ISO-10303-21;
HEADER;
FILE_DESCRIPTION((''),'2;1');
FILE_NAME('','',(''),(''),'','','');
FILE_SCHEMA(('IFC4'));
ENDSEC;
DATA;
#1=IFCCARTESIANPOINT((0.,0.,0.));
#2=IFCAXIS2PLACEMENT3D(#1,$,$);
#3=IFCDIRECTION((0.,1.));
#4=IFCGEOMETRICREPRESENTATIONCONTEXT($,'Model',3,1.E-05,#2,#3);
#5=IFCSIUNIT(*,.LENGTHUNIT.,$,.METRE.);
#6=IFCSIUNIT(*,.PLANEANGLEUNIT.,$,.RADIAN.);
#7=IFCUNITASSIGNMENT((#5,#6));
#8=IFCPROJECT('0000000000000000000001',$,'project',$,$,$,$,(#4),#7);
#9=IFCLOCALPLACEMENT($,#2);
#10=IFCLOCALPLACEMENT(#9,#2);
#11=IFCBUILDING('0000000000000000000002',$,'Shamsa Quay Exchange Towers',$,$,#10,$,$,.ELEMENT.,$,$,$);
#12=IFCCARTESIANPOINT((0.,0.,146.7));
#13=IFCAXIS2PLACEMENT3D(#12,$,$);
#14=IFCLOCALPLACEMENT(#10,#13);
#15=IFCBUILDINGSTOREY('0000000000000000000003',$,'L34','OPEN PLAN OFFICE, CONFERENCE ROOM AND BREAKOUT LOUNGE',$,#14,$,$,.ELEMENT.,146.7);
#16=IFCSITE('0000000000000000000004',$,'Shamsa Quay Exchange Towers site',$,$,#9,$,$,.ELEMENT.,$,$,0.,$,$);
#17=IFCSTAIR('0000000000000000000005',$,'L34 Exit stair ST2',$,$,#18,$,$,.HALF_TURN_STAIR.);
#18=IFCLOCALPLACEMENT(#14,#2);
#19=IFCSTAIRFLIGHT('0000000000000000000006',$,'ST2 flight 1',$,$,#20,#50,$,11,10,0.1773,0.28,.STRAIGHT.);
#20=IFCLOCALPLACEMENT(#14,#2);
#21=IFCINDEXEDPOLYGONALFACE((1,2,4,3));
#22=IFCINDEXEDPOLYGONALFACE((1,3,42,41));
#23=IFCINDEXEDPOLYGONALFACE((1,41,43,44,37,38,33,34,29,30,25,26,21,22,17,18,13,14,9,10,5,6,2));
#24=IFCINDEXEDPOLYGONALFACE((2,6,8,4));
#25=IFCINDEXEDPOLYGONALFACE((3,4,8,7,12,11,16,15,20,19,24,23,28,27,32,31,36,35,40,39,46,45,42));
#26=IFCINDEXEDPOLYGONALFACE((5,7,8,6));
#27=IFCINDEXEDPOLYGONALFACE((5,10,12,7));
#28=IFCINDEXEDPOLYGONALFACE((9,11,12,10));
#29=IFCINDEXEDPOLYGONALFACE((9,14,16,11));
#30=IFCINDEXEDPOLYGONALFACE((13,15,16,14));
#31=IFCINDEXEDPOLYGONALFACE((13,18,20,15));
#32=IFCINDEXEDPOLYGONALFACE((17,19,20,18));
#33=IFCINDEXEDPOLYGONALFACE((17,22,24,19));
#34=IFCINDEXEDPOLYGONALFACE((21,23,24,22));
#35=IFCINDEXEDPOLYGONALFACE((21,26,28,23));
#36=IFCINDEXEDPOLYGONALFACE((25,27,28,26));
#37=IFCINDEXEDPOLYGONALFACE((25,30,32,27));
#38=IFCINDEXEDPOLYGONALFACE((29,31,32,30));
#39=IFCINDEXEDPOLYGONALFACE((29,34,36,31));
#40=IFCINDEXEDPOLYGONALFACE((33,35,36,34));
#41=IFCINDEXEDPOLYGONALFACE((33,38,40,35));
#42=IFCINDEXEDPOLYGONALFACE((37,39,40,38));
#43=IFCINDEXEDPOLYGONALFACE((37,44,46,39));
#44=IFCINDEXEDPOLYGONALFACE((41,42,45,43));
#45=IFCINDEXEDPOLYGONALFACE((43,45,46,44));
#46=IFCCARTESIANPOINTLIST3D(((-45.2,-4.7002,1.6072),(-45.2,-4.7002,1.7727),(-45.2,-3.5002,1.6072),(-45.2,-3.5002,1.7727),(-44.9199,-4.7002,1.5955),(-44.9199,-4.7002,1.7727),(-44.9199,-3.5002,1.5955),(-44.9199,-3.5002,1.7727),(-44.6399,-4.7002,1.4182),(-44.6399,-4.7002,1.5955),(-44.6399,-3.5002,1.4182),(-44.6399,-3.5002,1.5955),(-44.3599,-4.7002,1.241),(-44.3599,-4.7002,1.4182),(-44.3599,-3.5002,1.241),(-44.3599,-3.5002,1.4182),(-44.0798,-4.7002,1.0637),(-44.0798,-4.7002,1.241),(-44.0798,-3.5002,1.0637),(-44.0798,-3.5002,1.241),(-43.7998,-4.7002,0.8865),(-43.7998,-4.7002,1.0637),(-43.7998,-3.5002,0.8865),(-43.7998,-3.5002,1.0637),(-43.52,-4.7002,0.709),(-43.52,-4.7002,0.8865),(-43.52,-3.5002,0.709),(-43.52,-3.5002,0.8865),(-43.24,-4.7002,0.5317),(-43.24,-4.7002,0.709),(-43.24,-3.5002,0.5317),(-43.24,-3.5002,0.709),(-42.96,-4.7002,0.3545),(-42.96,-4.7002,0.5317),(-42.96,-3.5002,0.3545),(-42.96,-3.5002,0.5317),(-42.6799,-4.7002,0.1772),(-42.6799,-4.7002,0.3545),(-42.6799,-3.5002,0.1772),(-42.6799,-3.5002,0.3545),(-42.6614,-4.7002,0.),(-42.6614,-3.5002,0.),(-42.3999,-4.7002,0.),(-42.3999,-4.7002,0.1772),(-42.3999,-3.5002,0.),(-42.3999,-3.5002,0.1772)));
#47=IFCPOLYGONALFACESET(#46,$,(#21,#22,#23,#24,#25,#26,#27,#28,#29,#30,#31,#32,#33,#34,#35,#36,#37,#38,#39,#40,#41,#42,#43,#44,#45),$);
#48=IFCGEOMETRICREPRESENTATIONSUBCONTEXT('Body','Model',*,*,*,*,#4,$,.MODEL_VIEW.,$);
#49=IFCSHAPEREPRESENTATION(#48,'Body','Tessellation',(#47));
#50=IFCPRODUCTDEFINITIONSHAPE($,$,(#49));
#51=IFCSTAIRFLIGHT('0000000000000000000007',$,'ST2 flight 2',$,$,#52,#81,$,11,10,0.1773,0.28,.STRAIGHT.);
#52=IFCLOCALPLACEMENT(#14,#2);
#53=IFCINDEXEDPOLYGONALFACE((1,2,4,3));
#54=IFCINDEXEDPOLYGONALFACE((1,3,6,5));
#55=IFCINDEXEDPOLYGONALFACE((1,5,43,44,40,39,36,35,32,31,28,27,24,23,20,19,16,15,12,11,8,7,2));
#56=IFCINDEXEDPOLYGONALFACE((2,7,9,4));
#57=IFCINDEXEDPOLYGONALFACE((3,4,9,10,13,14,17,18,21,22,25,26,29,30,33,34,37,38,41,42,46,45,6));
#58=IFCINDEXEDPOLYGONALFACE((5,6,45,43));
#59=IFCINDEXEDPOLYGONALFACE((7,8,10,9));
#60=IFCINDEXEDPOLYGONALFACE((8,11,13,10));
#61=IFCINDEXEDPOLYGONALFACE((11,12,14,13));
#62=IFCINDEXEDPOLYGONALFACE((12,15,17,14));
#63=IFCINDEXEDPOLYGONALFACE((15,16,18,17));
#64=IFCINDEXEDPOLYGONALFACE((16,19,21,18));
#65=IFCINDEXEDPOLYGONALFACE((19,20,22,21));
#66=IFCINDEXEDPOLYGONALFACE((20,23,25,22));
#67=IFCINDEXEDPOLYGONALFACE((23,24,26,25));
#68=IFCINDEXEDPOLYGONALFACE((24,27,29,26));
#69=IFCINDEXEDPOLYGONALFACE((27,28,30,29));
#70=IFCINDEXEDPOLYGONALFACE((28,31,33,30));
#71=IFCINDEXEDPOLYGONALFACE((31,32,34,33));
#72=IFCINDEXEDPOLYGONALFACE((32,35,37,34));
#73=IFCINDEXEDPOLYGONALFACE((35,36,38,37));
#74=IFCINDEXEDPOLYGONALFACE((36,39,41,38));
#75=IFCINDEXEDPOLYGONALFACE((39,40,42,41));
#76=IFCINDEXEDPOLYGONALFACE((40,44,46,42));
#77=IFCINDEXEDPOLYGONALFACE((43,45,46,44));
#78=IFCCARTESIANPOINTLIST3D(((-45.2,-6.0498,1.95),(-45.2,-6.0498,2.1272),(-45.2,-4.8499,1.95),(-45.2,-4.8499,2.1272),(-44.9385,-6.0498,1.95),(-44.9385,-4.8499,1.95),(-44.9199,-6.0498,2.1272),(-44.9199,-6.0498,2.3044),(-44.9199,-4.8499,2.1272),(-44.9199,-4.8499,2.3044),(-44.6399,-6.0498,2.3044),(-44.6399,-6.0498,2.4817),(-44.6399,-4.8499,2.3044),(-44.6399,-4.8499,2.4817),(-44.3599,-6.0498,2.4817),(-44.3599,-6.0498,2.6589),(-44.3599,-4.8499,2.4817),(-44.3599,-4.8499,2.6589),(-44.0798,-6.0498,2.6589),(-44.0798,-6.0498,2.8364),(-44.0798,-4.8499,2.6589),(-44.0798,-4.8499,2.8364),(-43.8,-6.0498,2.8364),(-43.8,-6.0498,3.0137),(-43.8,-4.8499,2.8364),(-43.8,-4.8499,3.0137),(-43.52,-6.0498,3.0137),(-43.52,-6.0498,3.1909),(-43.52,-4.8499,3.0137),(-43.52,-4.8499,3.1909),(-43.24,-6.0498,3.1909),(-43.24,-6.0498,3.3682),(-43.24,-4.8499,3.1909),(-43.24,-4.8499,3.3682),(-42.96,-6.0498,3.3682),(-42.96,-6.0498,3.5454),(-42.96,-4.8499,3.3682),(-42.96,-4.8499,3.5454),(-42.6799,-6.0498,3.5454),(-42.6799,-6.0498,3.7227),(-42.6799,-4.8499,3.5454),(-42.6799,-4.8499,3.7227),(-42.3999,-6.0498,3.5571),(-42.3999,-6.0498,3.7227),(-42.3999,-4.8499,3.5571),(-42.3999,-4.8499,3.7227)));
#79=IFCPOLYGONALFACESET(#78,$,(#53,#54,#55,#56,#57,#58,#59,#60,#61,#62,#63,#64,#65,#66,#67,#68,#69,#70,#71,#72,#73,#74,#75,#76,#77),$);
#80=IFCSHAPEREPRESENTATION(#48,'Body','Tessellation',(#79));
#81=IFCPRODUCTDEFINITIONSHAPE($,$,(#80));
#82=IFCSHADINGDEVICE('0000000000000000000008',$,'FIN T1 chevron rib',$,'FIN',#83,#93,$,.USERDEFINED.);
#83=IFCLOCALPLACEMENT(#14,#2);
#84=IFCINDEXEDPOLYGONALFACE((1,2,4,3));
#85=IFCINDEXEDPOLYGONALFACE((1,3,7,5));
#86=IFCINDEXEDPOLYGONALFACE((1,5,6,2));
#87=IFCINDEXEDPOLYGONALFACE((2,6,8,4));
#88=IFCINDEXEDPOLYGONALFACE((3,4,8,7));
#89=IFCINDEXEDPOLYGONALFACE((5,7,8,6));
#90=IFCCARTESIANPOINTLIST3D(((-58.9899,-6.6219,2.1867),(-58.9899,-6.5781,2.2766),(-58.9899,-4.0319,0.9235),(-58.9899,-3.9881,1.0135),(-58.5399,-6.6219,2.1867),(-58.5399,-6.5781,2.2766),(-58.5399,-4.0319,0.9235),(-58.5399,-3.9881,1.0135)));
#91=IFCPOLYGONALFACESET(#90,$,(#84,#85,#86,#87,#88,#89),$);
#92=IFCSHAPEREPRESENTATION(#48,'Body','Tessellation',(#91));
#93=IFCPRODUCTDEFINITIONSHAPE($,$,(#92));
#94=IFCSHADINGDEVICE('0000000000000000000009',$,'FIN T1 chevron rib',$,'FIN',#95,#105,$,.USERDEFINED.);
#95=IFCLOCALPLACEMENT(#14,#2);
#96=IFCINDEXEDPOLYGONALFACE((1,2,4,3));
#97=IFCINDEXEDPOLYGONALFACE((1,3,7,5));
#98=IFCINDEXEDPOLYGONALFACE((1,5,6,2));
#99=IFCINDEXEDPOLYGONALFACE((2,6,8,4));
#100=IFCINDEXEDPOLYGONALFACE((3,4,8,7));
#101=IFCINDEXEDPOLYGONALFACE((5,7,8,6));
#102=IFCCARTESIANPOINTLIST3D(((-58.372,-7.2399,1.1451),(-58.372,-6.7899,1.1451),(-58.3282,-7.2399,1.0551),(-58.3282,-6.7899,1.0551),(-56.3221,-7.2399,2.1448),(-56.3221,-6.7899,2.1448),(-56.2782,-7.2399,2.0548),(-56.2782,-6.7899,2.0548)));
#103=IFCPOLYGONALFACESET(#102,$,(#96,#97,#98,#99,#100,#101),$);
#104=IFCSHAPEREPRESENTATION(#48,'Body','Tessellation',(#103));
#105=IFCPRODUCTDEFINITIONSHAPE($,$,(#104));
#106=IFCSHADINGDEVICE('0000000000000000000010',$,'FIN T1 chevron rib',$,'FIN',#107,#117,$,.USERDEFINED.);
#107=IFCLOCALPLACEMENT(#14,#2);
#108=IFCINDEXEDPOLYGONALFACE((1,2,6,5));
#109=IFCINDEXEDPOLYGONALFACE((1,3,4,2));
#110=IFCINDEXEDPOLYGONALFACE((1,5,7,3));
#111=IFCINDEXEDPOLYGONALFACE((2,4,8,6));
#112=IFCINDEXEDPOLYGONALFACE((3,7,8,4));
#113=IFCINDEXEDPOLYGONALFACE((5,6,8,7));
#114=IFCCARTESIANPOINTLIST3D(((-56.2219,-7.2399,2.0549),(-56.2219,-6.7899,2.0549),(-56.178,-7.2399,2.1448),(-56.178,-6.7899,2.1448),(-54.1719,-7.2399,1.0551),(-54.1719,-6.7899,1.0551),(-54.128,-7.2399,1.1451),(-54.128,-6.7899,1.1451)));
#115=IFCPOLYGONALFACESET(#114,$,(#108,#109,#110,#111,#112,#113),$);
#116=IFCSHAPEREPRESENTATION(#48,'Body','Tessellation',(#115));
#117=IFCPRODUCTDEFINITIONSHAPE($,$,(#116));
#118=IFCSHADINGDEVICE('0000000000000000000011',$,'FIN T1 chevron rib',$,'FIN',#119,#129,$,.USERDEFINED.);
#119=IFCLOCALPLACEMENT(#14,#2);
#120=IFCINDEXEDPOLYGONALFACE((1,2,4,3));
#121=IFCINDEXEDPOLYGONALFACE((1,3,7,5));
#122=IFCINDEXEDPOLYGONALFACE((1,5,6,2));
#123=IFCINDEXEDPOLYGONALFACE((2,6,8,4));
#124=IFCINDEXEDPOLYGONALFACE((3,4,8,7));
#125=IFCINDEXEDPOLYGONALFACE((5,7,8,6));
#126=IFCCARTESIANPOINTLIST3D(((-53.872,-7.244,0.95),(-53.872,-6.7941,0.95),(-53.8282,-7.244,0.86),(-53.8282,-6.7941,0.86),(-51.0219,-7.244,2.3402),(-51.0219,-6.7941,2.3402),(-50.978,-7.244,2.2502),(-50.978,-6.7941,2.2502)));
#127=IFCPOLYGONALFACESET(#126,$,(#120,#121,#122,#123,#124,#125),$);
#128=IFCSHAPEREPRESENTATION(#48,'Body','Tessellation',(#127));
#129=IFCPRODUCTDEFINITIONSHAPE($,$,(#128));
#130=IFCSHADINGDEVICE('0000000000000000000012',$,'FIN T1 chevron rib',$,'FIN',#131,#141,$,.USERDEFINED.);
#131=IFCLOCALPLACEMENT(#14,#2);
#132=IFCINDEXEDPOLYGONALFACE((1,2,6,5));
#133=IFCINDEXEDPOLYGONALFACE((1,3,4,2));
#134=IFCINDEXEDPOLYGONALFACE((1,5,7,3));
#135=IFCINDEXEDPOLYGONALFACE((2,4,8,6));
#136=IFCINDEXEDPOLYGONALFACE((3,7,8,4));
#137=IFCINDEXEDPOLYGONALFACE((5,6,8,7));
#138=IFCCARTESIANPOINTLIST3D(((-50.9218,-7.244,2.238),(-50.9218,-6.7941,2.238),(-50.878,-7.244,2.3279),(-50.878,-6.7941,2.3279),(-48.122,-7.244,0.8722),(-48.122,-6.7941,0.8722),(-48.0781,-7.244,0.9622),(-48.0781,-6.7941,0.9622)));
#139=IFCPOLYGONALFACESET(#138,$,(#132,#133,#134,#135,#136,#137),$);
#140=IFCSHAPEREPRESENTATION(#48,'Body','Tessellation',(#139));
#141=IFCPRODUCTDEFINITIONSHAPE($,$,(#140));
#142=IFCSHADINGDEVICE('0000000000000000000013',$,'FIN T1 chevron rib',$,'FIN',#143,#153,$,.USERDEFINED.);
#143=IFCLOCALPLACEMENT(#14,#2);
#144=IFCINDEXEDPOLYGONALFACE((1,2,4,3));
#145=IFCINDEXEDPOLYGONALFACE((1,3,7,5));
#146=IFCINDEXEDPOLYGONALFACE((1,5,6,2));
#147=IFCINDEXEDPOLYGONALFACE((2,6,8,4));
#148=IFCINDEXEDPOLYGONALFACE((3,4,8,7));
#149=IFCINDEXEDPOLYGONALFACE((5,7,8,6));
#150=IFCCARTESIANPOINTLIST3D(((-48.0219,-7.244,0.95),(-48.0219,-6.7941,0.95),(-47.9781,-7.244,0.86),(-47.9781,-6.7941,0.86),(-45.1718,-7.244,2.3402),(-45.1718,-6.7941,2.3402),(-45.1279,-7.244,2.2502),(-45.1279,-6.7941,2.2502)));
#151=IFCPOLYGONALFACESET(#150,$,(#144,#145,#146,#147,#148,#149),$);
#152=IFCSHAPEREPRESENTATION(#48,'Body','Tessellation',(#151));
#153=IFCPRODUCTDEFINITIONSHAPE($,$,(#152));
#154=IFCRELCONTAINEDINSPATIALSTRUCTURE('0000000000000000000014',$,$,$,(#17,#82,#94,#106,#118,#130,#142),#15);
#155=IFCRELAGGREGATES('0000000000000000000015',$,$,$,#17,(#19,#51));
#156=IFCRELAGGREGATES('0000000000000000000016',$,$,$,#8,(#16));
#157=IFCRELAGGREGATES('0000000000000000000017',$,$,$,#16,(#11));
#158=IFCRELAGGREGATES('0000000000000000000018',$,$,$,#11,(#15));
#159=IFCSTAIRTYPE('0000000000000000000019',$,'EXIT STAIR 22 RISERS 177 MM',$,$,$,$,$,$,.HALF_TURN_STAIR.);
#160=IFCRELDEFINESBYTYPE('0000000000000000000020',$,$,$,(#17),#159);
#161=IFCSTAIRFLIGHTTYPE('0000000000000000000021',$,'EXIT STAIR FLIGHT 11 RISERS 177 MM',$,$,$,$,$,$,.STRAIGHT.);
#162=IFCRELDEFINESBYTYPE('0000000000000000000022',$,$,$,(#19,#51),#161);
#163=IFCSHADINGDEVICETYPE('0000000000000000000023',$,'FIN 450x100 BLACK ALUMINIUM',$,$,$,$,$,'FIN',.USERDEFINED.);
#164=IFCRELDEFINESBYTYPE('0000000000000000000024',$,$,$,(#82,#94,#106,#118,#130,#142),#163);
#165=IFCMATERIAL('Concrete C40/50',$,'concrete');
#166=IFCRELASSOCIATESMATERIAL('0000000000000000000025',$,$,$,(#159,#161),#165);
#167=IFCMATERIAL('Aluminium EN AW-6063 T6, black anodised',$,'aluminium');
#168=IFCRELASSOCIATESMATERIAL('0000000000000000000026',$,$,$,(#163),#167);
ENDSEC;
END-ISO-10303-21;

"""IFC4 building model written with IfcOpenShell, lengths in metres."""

from ifc_helpers import new_model, si_unit, direction, frame, origin, origin_2d, place, context, subcontext, project, spatial, polyline, rectangle, outline, extrude, material, material_profile, profile_set, type_object, element, aggregate, save


model = new_model("IFC4")

# Units and contexts
model_context = context("Model", 3, precision=1e-05, world=origin(), true_north=direction((0.0, 1.0)))
body_context = subcontext(model_context, "Body", "Model", "MODEL_VIEW")
ifc_project = project(units=[si_unit("LENGTHUNIT", "METRE"), si_unit("PLANEANGLEUNIT", "RADIAN")], contexts=[model_context])

# Site, building, storey
site_placement = place(None, origin())
site = spatial("IfcSite", under=ifc_project, at=site_placement, Name="Shamsa Quay Exchange Towers site", CompositionType="ELEMENT", RefElevation=0.0)
building_placement = place(site_placement, origin())
building = spatial("IfcBuilding", under=site, at=building_placement, Name="Shamsa Quay Exchange Towers", CompositionType="ELEMENT")
storey_placement = place(building_placement, frame((0.0, 0.0, 146.7)))
storey = spatial("IfcBuildingStorey", under=building, at=storey_placement, Name="L34", Description="OPEN PLAN OFFICE, CONFERENCE ROOM AND BREAKOUT LOUNGE", CompositionType="ELEMENT", Elevation=146.7)

# Shared definitions
ifc_material_1 = material(Name="Aluminium EN AW-6063 T6, black anodised", Category="aluminium")

# Stair, stair flights
ifc_material_2 = material(Name="Concrete C40/50", Category="concrete")
stair_type = type_object("IfcStairType", Name="EXIT STAIR 22 RISERS 177 MM", PredefinedType="HALF_TURN_STAIR", material=ifc_material_2)
stair_placement = place(storey_placement, origin())
stair = element("IfcStair", 1, at=stair_placement, inside=storey, type_object=stair_type, Name="L34 Exit stair ST2", PredefinedType="HALF_TURN_STAIR")
stair_flight_type = type_object("IfcStairFlightType", Name="EXIT STAIR FLIGHT 11 RISERS 177 MM", PredefinedType="STRAIGHT", material=ifc_material_2)
stair_flight_1_placement = place(storey_placement, frame((-42.3999, -4.1001, 0.0), z_axis=(0.0, 0.0, 1.0), x_axis=(-1.0, 0.0, 0.0)))
stair_flight_1 = element("IfcStairFlight", 2, at=stair_flight_1_placement, type_object=stair_flight_type, Name="ST2 flight 1", NumberOfRisers=11, NumberOfTreads=10, PredefinedType="STRAIGHT", RiserHeight=0.1773, TreadLength=0.28, context=body_context, shape_type="SweptSolid", body=[
    extrude(outline(polyline([(0.0, 0.0), (0.0, 0.1772), (0.28, 0.1772), (0.28, 0.3545), (0.5601, 0.3545), (0.5601, 0.5317), (0.8401, 0.5317), (0.8401, 0.709), (1.1201, 0.709), (1.1201, 0.8865), (1.3999, 0.8865), (1.3999, 1.0637), (1.6799, 1.0637), (1.6799, 1.241), (1.96, 1.241), (1.96, 1.4182), (2.24, 1.4182), (2.24, 1.5955), (2.52, 1.5955), (2.52, 1.7727), (2.8, 1.7727), (2.8, 1.95), (2.8, 1.6072), (0.2615, 0.0), (0.0, 0.0)])), frame((0.0, 0.6001, 0.0), z_axis=(0.0, -1.0, 0.0), x_axis=(1.0, 0.0, 0.0)), (0.0, 0.0, 1.0), 1.2),
])
stair_flight_2_placement = place(storey_placement, frame((-45.2, -5.45, 1.95)))
stair_flight_2 = element("IfcStairFlight", 3, at=stair_flight_2_placement, type_object=stair_flight_type, Name="ST2 flight 2", NumberOfRisers=11, NumberOfTreads=10, PredefinedType="STRAIGHT", RiserHeight=0.1773, TreadLength=0.28, context=body_context, shape_type="SweptSolid", body=[
    extrude(outline(polyline([(0.0, 0.0), (0.0, 0.1772), (0.28, 0.1772), (0.28, 0.3545), (0.5601, 0.3545), (0.5601, 0.5317), (0.8401, 0.5317), (0.8401, 0.709), (1.1201, 0.709), (1.1201, 0.8865), (1.3999, 0.8865), (1.3999, 1.0637), (1.6799, 1.0637), (1.6799, 1.241), (1.96, 1.241), (1.96, 1.4182), (2.24, 1.4182), (2.24, 1.5955), (2.52, 1.5955), (2.52, 1.7727), (2.8, 1.7727), (2.8, 1.95), (2.8, 1.6072), (0.2615, 0.0), (0.0, 0.0)])), frame((0.0, 0.6001, 0.0), z_axis=(0.0, -1.0, 0.0), x_axis=(1.0, 0.0, 0.0)), (0.0, 0.0, 1.0), 1.2),
])
aggregate(stair, [stair_flight_1, stair_flight_2])

# Shading devices
ifc_material_profile_1 = material_profile(ifc_material_1, rectangle(XDim=0.45, YDim=0.1001, at=origin_2d()), Name="FIN450x100")
ifc_profile_set_1 = profile_set([ifc_material_profile_1], Name="Aluminium EN AW-6063 T6, black anodised")
shading_device_type = type_object("IfcShadingDeviceType", Name="FIN 450x100 BLACK ALUMINIUM", ElementType="FIN", PredefinedType="USERDEFINED", material=ifc_profile_set_1)
shading_device_1_placement = place(storey_placement, frame((-58.7649, -4.01, 0.9685), z_axis=(0.0, -0.898806, 0.438347), x_axis=(1.0, 0.0, 0.0)))
element("IfcShadingDevice", 4, at=shading_device_1_placement, inside=storey, type_object=shading_device_type, Name="FIN T1 chevron rib", ObjectType="FIN", PredefinedType="USERDEFINED", context=body_context, shape_type="SweptSolid", body=[
    extrude(rectangle(XDim=0.45, YDim=0.1001, at=origin_2d()), origin(), (0.0, 0.0, 1.0), 2.8816),
])
for number, where, z_axis, x_axis, name in (
    (5, (-58.3501, -7.0149, 1.1001), (0.898815, 0.0, 0.438329), (0.0, 1.0, 0.0), "FIN T1 chevron rib"),
    (6, (-56.2, -7.0149, 2.0999), (0.898815, 0.0, -0.438329), (0.0, 1.0, 0.0), "FIN T1 chevron rib"),
):
    element("IfcShadingDevice", number, at=place(storey_placement, frame(where, z_axis=z_axis, x_axis=x_axis)), inside=storey, type_object=shading_device_type, Name=name, ObjectType="FIN", PredefinedType="USERDEFINED", context=body_context, shape_type="SweptSolid", body=[
        extrude(rectangle(XDim=0.45, YDim=0.1001, at=origin_2d()), origin(), (0.0, 0.0, 1.0), 2.2808),
    ])
shading_device_2_placement = place(storey_placement, frame((-53.8501, -7.019, 0.905), z_axis=(0.898788, 0.0, 0.438384), x_axis=(0.0, 1.0, 0.0)))
element("IfcShadingDevice", 7, at=shading_device_2_placement, inside=storey, type_object=shading_device_type, Name="FIN T1 chevron rib", ObjectType="FIN", PredefinedType="USERDEFINED", context=body_context, shape_type="SweptSolid", body=[
    extrude(rectangle(XDim=0.45, YDim=0.1001, at=origin_2d()), origin(), (0.0, 0.0, 1.0), 3.1711),
])
shading_device_3_placement = place(storey_placement, frame((-50.8999, -7.019, 2.283), z_axis=(0.898773, 0.0, -0.438414), x_axis=(0.0, 1.0, 0.0)))
element("IfcShadingDevice", 8, at=shading_device_3_placement, inside=storey, type_object=shading_device_type, Name="FIN T1 chevron rib", ObjectType="FIN", PredefinedType="USERDEFINED", context=body_context, shape_type="SweptSolid", body=[
    extrude(rectangle(XDim=0.45, YDim=0.1001, at=origin_2d()), origin(), (0.0, 0.0, 1.0), 3.1152),
])
shading_device_4_placement = place(storey_placement, frame((-48.0, -7.019, 0.905), z_axis=(0.898788, 0.0, 0.438384), x_axis=(0.0, 1.0, 0.0)))
element("IfcShadingDevice", 9, at=shading_device_4_placement, inside=storey, type_object=shading_device_type, Name="FIN T1 chevron rib", ObjectType="FIN", PredefinedType="USERDEFINED", context=body_context, shape_type="SweptSolid", body=[
    extrude(rectangle(XDim=0.45, YDim=0.1001, at=origin_2d()), origin(), (0.0, 0.0, 1.0), 3.1711),
])

save(model, "model.ifc")
